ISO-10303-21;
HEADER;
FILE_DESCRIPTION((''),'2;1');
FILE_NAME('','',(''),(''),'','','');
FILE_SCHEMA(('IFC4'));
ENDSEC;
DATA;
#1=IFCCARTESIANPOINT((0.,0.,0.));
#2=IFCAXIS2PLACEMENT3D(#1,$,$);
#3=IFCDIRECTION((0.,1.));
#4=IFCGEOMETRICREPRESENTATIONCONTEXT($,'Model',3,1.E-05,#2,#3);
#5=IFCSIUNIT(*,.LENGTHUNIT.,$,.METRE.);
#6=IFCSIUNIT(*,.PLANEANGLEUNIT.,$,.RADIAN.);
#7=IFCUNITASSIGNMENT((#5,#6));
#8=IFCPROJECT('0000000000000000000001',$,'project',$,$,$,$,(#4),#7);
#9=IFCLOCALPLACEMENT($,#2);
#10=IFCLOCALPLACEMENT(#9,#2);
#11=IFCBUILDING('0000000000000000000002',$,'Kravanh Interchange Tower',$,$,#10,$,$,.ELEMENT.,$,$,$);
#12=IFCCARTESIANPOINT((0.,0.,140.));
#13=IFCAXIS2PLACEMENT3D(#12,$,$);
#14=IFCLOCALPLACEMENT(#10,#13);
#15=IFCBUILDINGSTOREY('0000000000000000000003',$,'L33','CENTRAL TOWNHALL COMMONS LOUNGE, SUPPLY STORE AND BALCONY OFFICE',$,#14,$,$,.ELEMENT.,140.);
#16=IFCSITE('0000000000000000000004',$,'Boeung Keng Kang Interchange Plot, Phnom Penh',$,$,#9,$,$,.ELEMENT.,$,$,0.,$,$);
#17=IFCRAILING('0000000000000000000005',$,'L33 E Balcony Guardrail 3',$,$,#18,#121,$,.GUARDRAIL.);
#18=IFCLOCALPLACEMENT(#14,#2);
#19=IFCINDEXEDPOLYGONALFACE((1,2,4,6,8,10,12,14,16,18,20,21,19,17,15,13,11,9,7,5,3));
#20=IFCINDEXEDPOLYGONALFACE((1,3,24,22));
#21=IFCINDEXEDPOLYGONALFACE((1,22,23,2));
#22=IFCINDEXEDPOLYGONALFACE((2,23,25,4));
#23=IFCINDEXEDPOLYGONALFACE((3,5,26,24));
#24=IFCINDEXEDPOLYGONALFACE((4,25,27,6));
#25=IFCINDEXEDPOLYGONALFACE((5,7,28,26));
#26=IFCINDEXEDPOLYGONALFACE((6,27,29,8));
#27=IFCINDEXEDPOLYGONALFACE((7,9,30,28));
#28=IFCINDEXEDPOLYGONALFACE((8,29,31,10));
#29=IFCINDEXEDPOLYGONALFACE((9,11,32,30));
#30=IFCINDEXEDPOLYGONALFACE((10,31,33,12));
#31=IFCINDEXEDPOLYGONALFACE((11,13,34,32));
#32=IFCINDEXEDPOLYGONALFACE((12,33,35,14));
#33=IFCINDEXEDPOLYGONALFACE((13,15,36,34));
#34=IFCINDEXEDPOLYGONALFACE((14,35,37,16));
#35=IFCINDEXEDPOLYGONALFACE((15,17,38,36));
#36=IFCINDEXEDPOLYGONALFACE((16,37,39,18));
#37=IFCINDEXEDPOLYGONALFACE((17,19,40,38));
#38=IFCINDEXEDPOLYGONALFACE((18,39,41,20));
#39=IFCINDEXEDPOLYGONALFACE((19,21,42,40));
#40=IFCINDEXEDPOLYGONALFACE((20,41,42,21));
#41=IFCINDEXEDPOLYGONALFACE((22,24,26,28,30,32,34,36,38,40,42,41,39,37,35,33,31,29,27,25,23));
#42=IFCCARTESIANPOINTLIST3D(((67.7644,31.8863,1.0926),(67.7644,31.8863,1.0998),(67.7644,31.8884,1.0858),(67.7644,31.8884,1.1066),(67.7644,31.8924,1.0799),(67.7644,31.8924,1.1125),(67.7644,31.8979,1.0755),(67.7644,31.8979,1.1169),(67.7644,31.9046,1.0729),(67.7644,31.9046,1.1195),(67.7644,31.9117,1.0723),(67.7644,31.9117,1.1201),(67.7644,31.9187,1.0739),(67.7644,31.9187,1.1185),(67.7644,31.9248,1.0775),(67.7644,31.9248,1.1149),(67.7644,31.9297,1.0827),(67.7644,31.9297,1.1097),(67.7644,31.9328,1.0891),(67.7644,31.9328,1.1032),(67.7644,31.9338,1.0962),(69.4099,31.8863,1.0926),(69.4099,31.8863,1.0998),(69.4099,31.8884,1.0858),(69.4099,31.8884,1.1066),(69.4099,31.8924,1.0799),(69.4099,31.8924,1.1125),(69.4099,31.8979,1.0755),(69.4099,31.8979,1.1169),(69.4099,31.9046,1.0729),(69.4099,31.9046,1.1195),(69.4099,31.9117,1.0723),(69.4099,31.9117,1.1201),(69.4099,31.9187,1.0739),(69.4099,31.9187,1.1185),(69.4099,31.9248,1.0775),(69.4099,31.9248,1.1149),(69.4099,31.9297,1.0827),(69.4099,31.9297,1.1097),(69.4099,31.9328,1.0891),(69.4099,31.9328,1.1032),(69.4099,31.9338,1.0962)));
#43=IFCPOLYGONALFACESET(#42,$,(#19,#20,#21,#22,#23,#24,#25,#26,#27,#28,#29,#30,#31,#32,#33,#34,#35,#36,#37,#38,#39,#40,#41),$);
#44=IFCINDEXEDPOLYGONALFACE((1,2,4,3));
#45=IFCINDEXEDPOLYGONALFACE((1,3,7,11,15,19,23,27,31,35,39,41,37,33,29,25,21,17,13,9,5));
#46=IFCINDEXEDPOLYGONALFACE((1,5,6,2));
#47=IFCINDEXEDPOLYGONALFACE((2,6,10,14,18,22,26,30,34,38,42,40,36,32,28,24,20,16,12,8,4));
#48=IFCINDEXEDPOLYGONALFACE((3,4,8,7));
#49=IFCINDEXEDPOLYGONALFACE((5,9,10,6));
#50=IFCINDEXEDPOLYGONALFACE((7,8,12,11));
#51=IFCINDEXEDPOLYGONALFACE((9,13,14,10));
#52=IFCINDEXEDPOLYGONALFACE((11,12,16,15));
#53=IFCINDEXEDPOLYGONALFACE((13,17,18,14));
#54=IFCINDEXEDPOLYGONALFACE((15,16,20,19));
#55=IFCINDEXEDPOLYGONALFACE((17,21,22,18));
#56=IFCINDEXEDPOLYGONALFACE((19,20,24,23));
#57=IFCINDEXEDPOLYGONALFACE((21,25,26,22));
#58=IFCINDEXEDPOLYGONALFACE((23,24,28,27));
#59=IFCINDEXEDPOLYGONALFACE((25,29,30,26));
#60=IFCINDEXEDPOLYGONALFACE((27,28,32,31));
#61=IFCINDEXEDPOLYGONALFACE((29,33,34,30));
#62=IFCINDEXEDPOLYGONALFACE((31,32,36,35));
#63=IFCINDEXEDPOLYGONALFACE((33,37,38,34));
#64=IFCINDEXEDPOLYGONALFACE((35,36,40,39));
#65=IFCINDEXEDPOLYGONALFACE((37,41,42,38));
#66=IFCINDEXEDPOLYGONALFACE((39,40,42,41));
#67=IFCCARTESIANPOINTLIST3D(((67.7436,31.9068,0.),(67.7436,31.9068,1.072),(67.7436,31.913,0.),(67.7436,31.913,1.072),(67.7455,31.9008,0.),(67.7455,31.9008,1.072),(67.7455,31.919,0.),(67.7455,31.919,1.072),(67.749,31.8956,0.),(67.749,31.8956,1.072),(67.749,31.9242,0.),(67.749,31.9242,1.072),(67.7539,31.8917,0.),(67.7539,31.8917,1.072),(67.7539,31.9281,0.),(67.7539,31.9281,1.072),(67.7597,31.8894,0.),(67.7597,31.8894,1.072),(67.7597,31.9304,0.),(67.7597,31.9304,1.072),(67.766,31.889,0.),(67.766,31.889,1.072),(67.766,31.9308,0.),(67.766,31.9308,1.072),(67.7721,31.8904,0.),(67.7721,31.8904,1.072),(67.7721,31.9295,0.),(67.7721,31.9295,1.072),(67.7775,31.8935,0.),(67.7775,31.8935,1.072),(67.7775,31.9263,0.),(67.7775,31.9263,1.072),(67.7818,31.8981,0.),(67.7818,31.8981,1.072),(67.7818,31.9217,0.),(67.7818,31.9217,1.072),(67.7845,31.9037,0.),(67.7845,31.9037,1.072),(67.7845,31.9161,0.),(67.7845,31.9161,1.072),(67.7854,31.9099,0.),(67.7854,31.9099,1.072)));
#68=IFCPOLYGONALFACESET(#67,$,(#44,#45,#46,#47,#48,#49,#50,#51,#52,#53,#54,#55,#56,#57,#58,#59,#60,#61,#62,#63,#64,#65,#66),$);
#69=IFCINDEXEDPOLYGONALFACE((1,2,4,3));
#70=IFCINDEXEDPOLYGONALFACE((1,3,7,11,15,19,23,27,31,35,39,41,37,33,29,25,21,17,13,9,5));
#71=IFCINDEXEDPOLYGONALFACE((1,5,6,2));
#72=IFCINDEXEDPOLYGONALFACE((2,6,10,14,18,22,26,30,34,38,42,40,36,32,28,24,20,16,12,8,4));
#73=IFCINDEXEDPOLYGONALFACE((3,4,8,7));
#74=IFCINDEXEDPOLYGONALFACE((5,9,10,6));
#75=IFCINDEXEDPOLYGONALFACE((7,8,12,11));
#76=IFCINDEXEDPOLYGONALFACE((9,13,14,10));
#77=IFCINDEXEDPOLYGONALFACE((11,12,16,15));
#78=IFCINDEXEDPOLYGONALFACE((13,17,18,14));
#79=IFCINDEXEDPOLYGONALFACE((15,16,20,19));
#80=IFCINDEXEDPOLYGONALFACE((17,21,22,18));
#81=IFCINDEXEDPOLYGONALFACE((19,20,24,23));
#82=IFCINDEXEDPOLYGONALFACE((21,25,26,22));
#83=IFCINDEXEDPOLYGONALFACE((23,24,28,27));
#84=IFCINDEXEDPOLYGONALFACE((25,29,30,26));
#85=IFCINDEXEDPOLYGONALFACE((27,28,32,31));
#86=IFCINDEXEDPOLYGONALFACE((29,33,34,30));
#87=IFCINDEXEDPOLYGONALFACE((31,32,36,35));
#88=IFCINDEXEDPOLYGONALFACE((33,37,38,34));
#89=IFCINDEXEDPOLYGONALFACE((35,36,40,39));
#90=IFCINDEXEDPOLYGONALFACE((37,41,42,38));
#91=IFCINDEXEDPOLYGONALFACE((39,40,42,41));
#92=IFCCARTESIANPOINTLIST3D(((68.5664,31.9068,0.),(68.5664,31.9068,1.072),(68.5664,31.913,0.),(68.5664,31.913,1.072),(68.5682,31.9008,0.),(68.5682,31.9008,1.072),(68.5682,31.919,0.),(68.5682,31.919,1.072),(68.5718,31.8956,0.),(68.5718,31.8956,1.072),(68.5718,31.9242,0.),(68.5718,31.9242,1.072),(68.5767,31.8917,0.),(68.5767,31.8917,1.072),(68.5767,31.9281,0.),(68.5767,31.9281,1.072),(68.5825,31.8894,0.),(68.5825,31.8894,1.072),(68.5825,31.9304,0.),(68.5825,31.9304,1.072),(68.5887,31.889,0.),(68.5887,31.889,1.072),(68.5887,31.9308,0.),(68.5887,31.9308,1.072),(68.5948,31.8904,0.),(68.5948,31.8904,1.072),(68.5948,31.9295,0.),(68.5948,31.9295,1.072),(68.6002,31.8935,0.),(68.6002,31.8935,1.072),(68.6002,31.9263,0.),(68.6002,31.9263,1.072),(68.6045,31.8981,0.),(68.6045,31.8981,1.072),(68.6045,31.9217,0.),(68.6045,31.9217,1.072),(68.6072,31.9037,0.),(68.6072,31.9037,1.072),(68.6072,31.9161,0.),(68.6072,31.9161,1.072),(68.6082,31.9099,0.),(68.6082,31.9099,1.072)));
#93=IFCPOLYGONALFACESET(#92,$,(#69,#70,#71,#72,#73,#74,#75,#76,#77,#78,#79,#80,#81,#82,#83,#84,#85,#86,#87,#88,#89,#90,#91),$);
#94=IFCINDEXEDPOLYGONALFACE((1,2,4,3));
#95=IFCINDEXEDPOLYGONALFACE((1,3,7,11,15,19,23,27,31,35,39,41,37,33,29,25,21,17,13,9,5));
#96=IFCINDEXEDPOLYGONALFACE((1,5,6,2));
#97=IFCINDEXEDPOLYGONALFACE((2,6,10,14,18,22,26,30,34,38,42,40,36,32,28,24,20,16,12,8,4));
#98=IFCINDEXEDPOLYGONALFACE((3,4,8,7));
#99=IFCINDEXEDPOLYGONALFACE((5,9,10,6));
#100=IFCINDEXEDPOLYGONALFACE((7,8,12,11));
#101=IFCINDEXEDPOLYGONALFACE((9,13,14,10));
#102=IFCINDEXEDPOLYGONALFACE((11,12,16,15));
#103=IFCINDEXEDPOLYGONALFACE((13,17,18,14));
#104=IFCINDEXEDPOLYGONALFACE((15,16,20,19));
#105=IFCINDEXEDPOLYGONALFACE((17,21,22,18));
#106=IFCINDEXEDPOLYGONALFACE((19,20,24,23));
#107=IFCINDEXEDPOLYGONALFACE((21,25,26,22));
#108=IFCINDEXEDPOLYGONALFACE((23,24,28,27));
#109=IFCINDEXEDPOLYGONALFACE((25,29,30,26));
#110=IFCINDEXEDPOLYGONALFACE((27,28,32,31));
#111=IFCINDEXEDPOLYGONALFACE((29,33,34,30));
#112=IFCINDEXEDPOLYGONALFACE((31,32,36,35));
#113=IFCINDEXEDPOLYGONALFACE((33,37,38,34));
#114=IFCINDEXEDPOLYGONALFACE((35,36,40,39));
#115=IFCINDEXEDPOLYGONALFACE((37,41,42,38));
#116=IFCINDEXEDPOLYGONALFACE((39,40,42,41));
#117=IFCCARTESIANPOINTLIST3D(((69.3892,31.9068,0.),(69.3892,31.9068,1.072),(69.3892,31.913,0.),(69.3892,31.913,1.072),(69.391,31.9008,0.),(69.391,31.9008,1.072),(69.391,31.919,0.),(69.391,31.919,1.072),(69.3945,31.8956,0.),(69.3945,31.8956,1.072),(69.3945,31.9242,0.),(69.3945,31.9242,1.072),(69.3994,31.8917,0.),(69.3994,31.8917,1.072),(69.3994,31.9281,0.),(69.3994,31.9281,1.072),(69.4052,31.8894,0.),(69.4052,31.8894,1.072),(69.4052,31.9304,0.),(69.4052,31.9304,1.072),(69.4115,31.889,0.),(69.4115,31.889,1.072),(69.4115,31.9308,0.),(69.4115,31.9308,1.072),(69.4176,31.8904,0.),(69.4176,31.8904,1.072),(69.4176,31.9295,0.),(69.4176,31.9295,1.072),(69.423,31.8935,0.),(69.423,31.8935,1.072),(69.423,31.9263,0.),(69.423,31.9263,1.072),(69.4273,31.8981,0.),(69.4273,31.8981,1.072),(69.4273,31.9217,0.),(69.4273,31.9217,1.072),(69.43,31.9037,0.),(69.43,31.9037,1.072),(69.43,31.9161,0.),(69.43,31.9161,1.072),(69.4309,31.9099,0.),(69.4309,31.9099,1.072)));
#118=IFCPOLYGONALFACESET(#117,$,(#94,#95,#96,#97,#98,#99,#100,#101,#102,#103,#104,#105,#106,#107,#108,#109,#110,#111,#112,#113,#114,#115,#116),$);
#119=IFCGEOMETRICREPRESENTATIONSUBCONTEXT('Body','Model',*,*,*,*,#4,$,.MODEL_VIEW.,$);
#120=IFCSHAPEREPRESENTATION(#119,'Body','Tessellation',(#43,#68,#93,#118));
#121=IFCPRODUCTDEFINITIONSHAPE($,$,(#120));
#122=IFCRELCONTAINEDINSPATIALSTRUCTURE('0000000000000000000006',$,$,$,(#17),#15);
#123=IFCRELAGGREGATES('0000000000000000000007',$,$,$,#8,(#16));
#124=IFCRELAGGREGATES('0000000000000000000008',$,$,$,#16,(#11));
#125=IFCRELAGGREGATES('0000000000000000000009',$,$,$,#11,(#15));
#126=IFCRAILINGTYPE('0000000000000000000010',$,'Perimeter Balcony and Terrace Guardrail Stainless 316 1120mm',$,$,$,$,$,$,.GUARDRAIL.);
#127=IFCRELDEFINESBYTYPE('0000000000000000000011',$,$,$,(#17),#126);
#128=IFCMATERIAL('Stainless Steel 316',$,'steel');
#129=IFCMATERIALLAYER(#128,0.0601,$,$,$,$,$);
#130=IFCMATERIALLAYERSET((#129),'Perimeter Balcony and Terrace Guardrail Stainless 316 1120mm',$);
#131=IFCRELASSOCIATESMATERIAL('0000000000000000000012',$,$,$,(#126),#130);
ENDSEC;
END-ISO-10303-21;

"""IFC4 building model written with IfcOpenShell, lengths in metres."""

from ifc_helpers import new_model, si_unit, direction, frame, origin, origin_2d, place, context, subcontext, project, spatial, circle, extrude, material, layer, layer_set, type_object, element, save


model = new_model("IFC4")

# Units and contexts
model_context = context("Model", 3, precision=1e-05, world=origin(), true_north=direction((0.0, 1.0)))
body_context = subcontext(model_context, "Body", "Model", "MODEL_VIEW")
ifc_project = project(units=[si_unit("LENGTHUNIT", "METRE"), si_unit("PLANEANGLEUNIT", "RADIAN")], contexts=[model_context])

# Site, building, storey
site_placement = place(None, origin())
site = spatial("IfcSite", under=ifc_project, at=site_placement, Name="Boeung Keng Kang Interchange Plot, Phnom Penh", CompositionType="ELEMENT", RefElevation=0.0)
building_placement = place(site_placement, origin())
building = spatial("IfcBuilding", under=site, at=building_placement, Name="Kravanh Interchange Tower", CompositionType="ELEMENT")
storey_placement = place(building_placement, frame((0.0, 0.0, 140.0)))
storey = spatial("IfcBuildingStorey", under=building, at=storey_placement, Name="L33", Description="CENTRAL TOWNHALL COMMONS LOUNGE, SUPPLY STORE AND BALCONY OFFICE", CompositionType="ELEMENT", Elevation=140.0)

# Railing
ifc_material_1 = material(Name="Stainless Steel 316", Category="steel")
ifc_layer_1 = layer(ifc_material_1, 0.0601)
ifc_layer_set_1 = layer_set([ifc_layer_1], Name="Perimeter Balcony and Terrace Guardrail Stainless 316 1120mm")
railing_type = type_object("IfcRailingType", Name="Perimeter Balcony and Terrace Guardrail Stainless 316 1120mm", PredefinedType="GUARDRAIL", material=ifc_layer_set_1)
railing_1_placement = place(storey_placement, frame((67.7644, 31.9099, 0.0)))
element("IfcRailing", 1, at=railing_1_placement, inside=storey, type_object=railing_type, Name="L33 E Balcony Guardrail 3", PredefinedType="GUARDRAIL", context=body_context, shape_type="SweptSolid", body=[
    extrude(circle(Radius=0.0239, at=origin_2d()), frame((0.0, 0.0, 1.0962), z_axis=(1.0, 0.0, 0.0), x_axis=(0.0, 1.0, 0.0)), (0.0, 0.0, 1.0), 1.6455),
    extrude(circle(Radius=0.021, at=origin_2d()), origin(), (0.0, 0.0, 1.0), 1.072),
    extrude(circle(Radius=0.021, at=origin_2d()), frame((0.8228, 0.0, 0.0)), (0.0, 0.0, 1.0), 1.072),
    extrude(circle(Radius=0.021, at=origin_2d()), frame((1.6455, 0.0, 0.0)), (0.0, 0.0, 1.0), 1.072),
])

save(model, "model.ifc")
